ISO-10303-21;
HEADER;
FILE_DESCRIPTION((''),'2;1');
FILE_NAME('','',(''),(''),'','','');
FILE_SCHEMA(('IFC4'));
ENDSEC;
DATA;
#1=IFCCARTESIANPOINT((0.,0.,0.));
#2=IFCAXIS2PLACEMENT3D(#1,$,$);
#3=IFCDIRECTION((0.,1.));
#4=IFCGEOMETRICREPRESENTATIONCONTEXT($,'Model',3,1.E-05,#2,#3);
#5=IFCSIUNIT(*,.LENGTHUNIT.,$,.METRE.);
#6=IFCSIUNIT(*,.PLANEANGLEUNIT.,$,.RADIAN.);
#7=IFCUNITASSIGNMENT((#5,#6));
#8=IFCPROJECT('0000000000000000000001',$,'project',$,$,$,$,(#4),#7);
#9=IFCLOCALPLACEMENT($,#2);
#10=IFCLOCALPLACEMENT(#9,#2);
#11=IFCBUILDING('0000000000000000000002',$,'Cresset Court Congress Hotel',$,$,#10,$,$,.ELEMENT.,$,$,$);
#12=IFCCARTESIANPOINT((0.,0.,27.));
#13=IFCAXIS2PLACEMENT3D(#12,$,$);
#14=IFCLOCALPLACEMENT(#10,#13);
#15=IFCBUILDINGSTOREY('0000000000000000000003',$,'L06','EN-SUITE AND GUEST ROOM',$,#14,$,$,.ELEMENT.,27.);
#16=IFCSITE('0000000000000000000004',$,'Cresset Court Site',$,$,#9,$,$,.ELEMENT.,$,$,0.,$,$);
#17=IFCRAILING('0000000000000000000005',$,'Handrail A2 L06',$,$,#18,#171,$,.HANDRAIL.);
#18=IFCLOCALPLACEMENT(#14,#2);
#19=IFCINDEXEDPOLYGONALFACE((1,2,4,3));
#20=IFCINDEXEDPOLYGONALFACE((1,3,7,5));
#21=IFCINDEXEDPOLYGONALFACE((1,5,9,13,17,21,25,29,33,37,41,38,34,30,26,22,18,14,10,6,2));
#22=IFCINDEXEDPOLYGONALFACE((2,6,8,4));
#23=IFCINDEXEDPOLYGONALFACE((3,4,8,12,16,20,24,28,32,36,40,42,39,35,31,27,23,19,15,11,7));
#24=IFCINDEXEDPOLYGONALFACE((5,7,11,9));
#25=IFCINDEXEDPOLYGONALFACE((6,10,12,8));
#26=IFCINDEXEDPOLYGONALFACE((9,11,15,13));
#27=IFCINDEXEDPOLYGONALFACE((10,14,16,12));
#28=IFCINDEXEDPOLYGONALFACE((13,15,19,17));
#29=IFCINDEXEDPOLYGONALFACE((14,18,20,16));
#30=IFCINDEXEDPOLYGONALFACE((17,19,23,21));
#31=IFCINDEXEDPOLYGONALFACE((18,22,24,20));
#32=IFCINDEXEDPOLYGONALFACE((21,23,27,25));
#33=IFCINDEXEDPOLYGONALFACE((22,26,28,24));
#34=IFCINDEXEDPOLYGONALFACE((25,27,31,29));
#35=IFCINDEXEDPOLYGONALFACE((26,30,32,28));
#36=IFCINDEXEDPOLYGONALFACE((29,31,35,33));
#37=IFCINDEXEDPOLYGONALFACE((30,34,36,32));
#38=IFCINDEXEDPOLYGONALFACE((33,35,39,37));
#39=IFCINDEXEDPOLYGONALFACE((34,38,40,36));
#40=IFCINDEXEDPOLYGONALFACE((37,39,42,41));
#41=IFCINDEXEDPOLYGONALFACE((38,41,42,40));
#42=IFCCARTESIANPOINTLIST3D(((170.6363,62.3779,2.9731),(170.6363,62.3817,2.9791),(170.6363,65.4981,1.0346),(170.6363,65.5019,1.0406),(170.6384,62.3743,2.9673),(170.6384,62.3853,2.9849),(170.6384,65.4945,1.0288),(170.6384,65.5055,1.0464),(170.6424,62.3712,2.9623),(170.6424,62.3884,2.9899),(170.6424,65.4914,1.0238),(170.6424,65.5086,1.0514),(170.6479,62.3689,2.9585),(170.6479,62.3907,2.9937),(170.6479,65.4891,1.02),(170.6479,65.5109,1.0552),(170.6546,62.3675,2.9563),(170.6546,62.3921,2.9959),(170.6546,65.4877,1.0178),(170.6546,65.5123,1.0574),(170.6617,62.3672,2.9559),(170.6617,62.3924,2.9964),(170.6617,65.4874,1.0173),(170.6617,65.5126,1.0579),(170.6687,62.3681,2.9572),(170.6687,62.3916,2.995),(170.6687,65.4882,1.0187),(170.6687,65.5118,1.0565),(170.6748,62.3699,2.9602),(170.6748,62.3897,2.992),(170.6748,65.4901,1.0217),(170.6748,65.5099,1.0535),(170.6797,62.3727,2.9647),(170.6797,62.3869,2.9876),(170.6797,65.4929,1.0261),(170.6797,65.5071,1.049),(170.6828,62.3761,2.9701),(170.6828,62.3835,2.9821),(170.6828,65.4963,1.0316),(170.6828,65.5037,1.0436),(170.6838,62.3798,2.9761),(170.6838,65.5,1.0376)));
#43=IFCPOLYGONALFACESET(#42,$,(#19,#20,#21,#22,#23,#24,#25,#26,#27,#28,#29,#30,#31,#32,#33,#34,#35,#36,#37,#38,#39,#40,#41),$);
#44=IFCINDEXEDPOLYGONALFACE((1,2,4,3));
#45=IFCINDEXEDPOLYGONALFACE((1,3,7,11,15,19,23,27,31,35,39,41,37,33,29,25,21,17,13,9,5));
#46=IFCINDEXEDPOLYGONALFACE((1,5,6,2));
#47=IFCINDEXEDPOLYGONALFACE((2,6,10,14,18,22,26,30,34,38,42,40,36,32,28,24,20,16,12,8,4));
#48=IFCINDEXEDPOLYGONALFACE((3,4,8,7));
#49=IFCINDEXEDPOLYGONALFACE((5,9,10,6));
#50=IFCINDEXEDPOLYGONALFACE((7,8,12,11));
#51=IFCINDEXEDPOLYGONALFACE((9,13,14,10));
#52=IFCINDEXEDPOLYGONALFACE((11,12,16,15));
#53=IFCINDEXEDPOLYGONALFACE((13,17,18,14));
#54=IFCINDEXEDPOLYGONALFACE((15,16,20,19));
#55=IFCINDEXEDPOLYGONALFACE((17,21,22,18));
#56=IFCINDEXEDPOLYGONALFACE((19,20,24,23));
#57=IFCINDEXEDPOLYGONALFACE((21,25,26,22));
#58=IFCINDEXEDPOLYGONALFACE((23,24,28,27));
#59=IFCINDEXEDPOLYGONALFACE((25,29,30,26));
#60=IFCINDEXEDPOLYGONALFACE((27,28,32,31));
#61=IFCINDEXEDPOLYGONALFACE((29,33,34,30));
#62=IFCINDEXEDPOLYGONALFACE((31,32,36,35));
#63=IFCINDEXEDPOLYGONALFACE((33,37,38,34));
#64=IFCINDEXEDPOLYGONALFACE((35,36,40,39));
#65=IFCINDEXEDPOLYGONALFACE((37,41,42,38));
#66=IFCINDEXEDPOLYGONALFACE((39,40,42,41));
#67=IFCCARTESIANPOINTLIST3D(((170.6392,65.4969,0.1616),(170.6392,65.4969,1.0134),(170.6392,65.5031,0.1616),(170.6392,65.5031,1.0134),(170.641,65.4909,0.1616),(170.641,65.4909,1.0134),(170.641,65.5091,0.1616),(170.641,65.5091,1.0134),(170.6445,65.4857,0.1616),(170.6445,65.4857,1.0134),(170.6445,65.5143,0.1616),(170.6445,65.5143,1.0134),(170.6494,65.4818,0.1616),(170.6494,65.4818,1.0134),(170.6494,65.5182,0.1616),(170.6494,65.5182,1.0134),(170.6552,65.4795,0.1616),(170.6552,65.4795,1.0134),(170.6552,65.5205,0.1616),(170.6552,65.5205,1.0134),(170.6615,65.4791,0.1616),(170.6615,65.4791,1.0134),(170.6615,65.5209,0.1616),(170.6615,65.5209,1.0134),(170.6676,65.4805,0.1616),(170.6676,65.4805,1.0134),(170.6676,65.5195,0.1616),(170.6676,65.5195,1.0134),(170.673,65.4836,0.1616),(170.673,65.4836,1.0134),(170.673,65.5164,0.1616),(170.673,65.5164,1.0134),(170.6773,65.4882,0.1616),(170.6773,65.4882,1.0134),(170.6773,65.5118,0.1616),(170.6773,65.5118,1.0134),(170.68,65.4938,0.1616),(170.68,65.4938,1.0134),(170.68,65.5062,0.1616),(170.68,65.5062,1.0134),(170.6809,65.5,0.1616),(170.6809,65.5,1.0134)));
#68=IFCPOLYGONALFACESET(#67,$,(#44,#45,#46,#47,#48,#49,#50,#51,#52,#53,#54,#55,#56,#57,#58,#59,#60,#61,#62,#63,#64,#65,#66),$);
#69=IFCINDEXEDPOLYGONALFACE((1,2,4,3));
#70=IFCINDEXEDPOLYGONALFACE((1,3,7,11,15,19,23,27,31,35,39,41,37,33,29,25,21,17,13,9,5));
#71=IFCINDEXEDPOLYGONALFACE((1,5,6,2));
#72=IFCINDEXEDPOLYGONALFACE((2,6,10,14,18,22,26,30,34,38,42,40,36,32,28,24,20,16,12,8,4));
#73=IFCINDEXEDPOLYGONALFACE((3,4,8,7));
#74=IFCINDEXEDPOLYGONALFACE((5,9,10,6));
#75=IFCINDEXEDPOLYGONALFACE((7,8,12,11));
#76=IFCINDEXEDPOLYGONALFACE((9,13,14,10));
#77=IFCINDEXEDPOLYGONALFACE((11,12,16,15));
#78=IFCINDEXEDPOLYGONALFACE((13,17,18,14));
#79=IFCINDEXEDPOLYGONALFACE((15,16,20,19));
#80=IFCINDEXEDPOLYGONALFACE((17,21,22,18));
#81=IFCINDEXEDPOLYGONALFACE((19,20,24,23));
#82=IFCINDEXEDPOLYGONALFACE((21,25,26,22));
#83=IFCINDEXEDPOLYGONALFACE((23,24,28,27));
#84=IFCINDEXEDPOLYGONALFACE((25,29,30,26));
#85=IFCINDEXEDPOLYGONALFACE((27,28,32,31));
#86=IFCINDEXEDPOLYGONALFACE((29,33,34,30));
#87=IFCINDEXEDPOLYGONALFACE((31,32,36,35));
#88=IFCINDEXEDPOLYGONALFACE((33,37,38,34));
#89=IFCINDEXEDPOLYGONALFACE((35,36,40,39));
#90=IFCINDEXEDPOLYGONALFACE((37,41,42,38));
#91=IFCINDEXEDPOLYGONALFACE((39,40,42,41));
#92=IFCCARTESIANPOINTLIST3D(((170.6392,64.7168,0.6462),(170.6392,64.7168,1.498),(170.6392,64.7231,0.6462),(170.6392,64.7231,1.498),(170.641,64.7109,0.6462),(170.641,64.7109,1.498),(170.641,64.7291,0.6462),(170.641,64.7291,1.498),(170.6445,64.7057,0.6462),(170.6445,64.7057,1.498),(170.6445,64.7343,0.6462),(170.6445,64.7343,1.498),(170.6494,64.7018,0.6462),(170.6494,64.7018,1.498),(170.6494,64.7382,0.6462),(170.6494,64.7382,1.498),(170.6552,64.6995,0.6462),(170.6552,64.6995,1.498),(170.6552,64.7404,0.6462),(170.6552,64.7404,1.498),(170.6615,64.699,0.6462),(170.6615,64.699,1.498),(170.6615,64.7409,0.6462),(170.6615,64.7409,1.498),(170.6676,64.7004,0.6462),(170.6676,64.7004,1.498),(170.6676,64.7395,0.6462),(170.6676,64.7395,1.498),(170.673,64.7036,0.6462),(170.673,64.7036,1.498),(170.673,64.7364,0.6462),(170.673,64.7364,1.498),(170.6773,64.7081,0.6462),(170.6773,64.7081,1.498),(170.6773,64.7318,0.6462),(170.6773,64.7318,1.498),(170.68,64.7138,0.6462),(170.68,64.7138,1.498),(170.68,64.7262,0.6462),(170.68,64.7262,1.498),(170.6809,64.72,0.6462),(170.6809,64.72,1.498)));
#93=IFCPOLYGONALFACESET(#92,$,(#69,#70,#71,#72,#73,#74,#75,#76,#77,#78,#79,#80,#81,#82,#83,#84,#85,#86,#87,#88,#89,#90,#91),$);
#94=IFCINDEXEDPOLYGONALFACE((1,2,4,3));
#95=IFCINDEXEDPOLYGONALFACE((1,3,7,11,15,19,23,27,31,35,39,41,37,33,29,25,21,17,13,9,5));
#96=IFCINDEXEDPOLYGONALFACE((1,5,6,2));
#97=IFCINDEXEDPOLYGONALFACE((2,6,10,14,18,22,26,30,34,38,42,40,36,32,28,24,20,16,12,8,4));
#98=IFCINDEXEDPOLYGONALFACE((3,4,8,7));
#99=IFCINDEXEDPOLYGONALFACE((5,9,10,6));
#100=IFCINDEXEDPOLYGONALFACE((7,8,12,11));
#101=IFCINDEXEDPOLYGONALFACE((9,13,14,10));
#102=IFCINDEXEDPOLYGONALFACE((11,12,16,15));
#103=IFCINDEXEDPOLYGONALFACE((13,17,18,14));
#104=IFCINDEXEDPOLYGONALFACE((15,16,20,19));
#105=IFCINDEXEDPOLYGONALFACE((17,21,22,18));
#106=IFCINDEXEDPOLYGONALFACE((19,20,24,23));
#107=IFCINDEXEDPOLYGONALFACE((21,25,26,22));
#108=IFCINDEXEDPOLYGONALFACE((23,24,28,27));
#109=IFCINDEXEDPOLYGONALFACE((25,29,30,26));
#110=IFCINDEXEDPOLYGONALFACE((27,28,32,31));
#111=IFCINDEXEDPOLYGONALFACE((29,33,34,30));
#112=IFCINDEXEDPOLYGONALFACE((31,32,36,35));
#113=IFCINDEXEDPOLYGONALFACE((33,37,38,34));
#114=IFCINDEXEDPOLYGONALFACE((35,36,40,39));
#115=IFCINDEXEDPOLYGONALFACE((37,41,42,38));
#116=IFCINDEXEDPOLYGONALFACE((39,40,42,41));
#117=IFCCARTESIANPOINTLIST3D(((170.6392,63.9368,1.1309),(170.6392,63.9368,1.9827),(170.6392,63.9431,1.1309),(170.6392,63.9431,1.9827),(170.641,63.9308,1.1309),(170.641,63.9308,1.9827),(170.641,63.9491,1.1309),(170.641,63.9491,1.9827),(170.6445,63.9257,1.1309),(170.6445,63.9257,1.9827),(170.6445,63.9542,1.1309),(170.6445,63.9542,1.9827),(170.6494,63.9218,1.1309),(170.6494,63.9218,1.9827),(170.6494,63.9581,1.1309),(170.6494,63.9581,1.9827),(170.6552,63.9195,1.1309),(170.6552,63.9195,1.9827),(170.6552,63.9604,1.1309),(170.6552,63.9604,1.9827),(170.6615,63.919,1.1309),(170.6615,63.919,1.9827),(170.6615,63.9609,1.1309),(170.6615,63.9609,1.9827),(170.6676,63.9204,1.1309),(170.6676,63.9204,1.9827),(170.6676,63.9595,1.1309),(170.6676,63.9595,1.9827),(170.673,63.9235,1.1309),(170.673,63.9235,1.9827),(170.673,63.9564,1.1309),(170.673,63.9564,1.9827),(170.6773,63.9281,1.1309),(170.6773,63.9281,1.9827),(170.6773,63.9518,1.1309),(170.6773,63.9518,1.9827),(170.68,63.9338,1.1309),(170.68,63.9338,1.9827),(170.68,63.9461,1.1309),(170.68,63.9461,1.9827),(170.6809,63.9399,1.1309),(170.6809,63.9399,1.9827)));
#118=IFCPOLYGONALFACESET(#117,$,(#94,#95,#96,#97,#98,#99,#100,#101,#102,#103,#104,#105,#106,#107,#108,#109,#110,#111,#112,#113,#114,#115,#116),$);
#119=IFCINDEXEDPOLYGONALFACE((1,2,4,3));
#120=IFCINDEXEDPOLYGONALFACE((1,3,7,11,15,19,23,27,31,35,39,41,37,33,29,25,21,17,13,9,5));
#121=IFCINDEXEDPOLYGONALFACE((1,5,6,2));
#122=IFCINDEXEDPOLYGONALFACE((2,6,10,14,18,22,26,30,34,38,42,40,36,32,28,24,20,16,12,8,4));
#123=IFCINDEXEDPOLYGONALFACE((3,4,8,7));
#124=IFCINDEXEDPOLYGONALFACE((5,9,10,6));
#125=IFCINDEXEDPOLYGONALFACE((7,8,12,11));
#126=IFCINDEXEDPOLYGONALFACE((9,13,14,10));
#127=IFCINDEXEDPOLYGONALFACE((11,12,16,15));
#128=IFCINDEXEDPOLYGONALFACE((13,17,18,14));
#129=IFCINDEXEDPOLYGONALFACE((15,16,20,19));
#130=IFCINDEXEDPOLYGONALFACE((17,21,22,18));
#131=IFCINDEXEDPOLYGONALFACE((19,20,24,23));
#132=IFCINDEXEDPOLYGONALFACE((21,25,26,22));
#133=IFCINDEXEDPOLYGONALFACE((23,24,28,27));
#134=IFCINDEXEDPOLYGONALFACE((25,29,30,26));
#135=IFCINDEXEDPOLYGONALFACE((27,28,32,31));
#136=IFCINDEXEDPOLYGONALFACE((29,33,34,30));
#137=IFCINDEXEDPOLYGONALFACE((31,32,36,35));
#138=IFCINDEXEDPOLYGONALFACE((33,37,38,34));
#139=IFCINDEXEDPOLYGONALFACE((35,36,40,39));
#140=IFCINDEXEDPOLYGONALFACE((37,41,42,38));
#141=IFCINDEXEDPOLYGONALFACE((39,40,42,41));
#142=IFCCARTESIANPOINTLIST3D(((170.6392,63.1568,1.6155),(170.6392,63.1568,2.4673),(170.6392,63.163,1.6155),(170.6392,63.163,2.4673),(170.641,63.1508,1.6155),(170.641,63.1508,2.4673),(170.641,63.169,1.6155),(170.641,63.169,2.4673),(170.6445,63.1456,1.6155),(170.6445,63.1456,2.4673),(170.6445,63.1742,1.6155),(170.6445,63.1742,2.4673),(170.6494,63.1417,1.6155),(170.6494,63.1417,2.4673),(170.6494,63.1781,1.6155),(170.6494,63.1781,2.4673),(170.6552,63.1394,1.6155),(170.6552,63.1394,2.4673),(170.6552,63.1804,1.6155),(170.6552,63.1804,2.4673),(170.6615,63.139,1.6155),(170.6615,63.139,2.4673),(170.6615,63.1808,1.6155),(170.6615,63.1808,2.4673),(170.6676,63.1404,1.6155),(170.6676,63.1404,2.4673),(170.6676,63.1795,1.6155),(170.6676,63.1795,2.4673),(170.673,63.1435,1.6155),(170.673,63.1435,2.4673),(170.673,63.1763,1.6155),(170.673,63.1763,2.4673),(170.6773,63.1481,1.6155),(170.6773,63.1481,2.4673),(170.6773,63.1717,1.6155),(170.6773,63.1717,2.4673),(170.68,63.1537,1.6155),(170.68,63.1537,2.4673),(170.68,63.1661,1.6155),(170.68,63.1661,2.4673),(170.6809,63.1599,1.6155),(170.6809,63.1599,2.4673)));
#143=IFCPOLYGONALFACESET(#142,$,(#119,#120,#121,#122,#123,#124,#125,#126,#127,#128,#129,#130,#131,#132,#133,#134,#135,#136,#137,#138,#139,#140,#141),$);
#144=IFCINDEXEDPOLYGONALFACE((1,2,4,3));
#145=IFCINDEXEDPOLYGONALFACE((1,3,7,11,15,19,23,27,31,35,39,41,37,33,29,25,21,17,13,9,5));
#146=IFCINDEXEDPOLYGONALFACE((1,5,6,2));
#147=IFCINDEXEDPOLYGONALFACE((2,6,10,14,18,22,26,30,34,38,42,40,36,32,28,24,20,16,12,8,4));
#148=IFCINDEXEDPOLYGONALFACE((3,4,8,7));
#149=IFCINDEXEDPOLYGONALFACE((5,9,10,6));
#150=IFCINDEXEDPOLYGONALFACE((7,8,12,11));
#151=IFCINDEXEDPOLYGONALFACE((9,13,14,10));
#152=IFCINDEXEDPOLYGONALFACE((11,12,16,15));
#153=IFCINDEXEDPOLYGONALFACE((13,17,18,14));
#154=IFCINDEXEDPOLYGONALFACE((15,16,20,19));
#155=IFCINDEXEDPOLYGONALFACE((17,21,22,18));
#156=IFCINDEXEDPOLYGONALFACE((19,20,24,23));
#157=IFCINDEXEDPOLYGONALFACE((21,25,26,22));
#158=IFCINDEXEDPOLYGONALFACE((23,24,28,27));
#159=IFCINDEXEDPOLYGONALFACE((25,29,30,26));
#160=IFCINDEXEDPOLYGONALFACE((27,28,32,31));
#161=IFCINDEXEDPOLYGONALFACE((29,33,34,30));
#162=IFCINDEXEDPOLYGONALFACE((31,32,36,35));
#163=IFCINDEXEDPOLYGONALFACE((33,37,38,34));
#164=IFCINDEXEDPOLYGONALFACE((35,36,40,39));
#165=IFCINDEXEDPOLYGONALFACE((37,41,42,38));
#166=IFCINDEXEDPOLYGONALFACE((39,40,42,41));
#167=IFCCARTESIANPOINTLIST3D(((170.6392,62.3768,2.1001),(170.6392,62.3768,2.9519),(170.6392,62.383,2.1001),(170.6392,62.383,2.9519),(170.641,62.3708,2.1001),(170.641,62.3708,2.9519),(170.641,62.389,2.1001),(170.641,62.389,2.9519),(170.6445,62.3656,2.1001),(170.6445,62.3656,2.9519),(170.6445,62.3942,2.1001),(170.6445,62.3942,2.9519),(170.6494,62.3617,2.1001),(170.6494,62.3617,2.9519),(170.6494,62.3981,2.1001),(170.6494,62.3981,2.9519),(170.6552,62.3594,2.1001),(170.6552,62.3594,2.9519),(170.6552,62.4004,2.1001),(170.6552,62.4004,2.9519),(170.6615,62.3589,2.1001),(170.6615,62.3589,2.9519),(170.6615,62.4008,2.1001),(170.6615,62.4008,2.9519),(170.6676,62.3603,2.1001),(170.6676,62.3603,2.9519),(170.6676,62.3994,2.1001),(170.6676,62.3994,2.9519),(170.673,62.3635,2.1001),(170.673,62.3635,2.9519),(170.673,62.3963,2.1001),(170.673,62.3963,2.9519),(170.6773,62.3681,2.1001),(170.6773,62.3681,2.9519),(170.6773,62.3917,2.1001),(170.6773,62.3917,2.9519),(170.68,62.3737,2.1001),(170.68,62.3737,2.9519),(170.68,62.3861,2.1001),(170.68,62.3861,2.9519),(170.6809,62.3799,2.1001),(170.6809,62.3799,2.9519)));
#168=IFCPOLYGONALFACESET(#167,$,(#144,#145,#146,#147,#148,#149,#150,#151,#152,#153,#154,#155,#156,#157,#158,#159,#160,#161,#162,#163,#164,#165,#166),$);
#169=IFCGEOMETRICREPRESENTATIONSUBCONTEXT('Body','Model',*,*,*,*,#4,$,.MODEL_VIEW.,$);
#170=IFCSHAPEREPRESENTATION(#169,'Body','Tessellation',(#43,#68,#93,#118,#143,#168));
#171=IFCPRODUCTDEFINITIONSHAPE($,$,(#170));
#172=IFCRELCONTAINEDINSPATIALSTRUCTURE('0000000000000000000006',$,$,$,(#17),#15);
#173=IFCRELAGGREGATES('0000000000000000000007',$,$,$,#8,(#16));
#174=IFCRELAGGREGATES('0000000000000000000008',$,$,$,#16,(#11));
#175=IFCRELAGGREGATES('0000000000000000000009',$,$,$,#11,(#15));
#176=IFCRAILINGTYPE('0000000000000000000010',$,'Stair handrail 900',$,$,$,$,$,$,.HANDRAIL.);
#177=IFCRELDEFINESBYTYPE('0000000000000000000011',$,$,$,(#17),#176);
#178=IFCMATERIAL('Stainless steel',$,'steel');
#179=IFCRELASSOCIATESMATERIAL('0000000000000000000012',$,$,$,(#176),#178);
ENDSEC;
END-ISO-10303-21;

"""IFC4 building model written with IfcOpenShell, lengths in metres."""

from ifc_helpers import new_model, si_unit, direction, frame, origin, origin_2d, place, context, subcontext, project, spatial, circle, extrude, material, type_object, element, save


model = new_model("IFC4")

# Units and contexts
model_context = context("Model", 3, precision=1e-05, world=origin(), true_north=direction((0.0, 1.0)))
body_context = subcontext(model_context, "Body", "Model", "MODEL_VIEW")
ifc_project = project(units=[si_unit("LENGTHUNIT", "METRE"), si_unit("PLANEANGLEUNIT", "RADIAN")], contexts=[model_context])

# Site, building, storey
site_placement = place(None, origin())
site = spatial("IfcSite", under=ifc_project, at=site_placement, Name="Cresset Court Site", CompositionType="ELEMENT", RefElevation=0.0)
building_placement = place(site_placement, origin())
building = spatial("IfcBuilding", under=site, at=building_placement, Name="Cresset Court Congress Hotel", CompositionType="ELEMENT")
storey_placement = place(building_placement, frame((0.0, 0.0, 27.0)))
storey = spatial("IfcBuildingStorey", under=building, at=storey_placement, Name="L06", Description="EN-SUITE AND GUEST ROOM", CompositionType="ELEMENT", Elevation=27.0)

# Railing
ifc_material_1 = material(Name="Stainless steel", Category="steel")
railing_type_1 = type_object("IfcRailingType", Name="Stair handrail 900", PredefinedType="HANDRAIL", material=ifc_material_1)
for number, where, name in (
    (1, (170.6599, 65.5, 0.1616), "Handrail A2 L06"),
):
    element("IfcRailing", number, at=place(storey_placement, frame(where)), inside=storey, type_object=railing_type_1, Name=name, PredefinedType="HANDRAIL", context=body_context, shape_type="SweptSolid", body=[
        extrude(circle(Radius=0.0239, at=origin_2d()), frame((0.0, 0.0, 0.876), z_axis=(0.0, -0.849414, 0.527727), x_axis=(1.0, 0.0, 0.0)), (0.0, 0.0, 1.0), 3.6733),
        extrude(circle(Radius=0.021, at=origin_2d()), origin(), (0.0, 0.0, 1.0), 0.8518),
        extrude(circle(Radius=0.021, at=origin_2d()), frame((0.0, -0.78, 0.4846)), (0.0, 0.0, 1.0), 0.8518),
        extrude(circle(Radius=0.021, at=origin_2d()), frame((0.0, -1.5601, 0.9692)), (0.0, 0.0, 1.0), 0.8518),
        extrude(circle(Radius=0.021, at=origin_2d()), frame((0.0, -2.3401, 1.4539)), (0.0, 0.0, 1.0), 0.8518),
        extrude(circle(Radius=0.021, at=origin_2d()), frame((0.0, -3.1201, 1.9385)), (0.0, 0.0, 1.0), 0.8518),
    ])

save(model, "model.ifc")
